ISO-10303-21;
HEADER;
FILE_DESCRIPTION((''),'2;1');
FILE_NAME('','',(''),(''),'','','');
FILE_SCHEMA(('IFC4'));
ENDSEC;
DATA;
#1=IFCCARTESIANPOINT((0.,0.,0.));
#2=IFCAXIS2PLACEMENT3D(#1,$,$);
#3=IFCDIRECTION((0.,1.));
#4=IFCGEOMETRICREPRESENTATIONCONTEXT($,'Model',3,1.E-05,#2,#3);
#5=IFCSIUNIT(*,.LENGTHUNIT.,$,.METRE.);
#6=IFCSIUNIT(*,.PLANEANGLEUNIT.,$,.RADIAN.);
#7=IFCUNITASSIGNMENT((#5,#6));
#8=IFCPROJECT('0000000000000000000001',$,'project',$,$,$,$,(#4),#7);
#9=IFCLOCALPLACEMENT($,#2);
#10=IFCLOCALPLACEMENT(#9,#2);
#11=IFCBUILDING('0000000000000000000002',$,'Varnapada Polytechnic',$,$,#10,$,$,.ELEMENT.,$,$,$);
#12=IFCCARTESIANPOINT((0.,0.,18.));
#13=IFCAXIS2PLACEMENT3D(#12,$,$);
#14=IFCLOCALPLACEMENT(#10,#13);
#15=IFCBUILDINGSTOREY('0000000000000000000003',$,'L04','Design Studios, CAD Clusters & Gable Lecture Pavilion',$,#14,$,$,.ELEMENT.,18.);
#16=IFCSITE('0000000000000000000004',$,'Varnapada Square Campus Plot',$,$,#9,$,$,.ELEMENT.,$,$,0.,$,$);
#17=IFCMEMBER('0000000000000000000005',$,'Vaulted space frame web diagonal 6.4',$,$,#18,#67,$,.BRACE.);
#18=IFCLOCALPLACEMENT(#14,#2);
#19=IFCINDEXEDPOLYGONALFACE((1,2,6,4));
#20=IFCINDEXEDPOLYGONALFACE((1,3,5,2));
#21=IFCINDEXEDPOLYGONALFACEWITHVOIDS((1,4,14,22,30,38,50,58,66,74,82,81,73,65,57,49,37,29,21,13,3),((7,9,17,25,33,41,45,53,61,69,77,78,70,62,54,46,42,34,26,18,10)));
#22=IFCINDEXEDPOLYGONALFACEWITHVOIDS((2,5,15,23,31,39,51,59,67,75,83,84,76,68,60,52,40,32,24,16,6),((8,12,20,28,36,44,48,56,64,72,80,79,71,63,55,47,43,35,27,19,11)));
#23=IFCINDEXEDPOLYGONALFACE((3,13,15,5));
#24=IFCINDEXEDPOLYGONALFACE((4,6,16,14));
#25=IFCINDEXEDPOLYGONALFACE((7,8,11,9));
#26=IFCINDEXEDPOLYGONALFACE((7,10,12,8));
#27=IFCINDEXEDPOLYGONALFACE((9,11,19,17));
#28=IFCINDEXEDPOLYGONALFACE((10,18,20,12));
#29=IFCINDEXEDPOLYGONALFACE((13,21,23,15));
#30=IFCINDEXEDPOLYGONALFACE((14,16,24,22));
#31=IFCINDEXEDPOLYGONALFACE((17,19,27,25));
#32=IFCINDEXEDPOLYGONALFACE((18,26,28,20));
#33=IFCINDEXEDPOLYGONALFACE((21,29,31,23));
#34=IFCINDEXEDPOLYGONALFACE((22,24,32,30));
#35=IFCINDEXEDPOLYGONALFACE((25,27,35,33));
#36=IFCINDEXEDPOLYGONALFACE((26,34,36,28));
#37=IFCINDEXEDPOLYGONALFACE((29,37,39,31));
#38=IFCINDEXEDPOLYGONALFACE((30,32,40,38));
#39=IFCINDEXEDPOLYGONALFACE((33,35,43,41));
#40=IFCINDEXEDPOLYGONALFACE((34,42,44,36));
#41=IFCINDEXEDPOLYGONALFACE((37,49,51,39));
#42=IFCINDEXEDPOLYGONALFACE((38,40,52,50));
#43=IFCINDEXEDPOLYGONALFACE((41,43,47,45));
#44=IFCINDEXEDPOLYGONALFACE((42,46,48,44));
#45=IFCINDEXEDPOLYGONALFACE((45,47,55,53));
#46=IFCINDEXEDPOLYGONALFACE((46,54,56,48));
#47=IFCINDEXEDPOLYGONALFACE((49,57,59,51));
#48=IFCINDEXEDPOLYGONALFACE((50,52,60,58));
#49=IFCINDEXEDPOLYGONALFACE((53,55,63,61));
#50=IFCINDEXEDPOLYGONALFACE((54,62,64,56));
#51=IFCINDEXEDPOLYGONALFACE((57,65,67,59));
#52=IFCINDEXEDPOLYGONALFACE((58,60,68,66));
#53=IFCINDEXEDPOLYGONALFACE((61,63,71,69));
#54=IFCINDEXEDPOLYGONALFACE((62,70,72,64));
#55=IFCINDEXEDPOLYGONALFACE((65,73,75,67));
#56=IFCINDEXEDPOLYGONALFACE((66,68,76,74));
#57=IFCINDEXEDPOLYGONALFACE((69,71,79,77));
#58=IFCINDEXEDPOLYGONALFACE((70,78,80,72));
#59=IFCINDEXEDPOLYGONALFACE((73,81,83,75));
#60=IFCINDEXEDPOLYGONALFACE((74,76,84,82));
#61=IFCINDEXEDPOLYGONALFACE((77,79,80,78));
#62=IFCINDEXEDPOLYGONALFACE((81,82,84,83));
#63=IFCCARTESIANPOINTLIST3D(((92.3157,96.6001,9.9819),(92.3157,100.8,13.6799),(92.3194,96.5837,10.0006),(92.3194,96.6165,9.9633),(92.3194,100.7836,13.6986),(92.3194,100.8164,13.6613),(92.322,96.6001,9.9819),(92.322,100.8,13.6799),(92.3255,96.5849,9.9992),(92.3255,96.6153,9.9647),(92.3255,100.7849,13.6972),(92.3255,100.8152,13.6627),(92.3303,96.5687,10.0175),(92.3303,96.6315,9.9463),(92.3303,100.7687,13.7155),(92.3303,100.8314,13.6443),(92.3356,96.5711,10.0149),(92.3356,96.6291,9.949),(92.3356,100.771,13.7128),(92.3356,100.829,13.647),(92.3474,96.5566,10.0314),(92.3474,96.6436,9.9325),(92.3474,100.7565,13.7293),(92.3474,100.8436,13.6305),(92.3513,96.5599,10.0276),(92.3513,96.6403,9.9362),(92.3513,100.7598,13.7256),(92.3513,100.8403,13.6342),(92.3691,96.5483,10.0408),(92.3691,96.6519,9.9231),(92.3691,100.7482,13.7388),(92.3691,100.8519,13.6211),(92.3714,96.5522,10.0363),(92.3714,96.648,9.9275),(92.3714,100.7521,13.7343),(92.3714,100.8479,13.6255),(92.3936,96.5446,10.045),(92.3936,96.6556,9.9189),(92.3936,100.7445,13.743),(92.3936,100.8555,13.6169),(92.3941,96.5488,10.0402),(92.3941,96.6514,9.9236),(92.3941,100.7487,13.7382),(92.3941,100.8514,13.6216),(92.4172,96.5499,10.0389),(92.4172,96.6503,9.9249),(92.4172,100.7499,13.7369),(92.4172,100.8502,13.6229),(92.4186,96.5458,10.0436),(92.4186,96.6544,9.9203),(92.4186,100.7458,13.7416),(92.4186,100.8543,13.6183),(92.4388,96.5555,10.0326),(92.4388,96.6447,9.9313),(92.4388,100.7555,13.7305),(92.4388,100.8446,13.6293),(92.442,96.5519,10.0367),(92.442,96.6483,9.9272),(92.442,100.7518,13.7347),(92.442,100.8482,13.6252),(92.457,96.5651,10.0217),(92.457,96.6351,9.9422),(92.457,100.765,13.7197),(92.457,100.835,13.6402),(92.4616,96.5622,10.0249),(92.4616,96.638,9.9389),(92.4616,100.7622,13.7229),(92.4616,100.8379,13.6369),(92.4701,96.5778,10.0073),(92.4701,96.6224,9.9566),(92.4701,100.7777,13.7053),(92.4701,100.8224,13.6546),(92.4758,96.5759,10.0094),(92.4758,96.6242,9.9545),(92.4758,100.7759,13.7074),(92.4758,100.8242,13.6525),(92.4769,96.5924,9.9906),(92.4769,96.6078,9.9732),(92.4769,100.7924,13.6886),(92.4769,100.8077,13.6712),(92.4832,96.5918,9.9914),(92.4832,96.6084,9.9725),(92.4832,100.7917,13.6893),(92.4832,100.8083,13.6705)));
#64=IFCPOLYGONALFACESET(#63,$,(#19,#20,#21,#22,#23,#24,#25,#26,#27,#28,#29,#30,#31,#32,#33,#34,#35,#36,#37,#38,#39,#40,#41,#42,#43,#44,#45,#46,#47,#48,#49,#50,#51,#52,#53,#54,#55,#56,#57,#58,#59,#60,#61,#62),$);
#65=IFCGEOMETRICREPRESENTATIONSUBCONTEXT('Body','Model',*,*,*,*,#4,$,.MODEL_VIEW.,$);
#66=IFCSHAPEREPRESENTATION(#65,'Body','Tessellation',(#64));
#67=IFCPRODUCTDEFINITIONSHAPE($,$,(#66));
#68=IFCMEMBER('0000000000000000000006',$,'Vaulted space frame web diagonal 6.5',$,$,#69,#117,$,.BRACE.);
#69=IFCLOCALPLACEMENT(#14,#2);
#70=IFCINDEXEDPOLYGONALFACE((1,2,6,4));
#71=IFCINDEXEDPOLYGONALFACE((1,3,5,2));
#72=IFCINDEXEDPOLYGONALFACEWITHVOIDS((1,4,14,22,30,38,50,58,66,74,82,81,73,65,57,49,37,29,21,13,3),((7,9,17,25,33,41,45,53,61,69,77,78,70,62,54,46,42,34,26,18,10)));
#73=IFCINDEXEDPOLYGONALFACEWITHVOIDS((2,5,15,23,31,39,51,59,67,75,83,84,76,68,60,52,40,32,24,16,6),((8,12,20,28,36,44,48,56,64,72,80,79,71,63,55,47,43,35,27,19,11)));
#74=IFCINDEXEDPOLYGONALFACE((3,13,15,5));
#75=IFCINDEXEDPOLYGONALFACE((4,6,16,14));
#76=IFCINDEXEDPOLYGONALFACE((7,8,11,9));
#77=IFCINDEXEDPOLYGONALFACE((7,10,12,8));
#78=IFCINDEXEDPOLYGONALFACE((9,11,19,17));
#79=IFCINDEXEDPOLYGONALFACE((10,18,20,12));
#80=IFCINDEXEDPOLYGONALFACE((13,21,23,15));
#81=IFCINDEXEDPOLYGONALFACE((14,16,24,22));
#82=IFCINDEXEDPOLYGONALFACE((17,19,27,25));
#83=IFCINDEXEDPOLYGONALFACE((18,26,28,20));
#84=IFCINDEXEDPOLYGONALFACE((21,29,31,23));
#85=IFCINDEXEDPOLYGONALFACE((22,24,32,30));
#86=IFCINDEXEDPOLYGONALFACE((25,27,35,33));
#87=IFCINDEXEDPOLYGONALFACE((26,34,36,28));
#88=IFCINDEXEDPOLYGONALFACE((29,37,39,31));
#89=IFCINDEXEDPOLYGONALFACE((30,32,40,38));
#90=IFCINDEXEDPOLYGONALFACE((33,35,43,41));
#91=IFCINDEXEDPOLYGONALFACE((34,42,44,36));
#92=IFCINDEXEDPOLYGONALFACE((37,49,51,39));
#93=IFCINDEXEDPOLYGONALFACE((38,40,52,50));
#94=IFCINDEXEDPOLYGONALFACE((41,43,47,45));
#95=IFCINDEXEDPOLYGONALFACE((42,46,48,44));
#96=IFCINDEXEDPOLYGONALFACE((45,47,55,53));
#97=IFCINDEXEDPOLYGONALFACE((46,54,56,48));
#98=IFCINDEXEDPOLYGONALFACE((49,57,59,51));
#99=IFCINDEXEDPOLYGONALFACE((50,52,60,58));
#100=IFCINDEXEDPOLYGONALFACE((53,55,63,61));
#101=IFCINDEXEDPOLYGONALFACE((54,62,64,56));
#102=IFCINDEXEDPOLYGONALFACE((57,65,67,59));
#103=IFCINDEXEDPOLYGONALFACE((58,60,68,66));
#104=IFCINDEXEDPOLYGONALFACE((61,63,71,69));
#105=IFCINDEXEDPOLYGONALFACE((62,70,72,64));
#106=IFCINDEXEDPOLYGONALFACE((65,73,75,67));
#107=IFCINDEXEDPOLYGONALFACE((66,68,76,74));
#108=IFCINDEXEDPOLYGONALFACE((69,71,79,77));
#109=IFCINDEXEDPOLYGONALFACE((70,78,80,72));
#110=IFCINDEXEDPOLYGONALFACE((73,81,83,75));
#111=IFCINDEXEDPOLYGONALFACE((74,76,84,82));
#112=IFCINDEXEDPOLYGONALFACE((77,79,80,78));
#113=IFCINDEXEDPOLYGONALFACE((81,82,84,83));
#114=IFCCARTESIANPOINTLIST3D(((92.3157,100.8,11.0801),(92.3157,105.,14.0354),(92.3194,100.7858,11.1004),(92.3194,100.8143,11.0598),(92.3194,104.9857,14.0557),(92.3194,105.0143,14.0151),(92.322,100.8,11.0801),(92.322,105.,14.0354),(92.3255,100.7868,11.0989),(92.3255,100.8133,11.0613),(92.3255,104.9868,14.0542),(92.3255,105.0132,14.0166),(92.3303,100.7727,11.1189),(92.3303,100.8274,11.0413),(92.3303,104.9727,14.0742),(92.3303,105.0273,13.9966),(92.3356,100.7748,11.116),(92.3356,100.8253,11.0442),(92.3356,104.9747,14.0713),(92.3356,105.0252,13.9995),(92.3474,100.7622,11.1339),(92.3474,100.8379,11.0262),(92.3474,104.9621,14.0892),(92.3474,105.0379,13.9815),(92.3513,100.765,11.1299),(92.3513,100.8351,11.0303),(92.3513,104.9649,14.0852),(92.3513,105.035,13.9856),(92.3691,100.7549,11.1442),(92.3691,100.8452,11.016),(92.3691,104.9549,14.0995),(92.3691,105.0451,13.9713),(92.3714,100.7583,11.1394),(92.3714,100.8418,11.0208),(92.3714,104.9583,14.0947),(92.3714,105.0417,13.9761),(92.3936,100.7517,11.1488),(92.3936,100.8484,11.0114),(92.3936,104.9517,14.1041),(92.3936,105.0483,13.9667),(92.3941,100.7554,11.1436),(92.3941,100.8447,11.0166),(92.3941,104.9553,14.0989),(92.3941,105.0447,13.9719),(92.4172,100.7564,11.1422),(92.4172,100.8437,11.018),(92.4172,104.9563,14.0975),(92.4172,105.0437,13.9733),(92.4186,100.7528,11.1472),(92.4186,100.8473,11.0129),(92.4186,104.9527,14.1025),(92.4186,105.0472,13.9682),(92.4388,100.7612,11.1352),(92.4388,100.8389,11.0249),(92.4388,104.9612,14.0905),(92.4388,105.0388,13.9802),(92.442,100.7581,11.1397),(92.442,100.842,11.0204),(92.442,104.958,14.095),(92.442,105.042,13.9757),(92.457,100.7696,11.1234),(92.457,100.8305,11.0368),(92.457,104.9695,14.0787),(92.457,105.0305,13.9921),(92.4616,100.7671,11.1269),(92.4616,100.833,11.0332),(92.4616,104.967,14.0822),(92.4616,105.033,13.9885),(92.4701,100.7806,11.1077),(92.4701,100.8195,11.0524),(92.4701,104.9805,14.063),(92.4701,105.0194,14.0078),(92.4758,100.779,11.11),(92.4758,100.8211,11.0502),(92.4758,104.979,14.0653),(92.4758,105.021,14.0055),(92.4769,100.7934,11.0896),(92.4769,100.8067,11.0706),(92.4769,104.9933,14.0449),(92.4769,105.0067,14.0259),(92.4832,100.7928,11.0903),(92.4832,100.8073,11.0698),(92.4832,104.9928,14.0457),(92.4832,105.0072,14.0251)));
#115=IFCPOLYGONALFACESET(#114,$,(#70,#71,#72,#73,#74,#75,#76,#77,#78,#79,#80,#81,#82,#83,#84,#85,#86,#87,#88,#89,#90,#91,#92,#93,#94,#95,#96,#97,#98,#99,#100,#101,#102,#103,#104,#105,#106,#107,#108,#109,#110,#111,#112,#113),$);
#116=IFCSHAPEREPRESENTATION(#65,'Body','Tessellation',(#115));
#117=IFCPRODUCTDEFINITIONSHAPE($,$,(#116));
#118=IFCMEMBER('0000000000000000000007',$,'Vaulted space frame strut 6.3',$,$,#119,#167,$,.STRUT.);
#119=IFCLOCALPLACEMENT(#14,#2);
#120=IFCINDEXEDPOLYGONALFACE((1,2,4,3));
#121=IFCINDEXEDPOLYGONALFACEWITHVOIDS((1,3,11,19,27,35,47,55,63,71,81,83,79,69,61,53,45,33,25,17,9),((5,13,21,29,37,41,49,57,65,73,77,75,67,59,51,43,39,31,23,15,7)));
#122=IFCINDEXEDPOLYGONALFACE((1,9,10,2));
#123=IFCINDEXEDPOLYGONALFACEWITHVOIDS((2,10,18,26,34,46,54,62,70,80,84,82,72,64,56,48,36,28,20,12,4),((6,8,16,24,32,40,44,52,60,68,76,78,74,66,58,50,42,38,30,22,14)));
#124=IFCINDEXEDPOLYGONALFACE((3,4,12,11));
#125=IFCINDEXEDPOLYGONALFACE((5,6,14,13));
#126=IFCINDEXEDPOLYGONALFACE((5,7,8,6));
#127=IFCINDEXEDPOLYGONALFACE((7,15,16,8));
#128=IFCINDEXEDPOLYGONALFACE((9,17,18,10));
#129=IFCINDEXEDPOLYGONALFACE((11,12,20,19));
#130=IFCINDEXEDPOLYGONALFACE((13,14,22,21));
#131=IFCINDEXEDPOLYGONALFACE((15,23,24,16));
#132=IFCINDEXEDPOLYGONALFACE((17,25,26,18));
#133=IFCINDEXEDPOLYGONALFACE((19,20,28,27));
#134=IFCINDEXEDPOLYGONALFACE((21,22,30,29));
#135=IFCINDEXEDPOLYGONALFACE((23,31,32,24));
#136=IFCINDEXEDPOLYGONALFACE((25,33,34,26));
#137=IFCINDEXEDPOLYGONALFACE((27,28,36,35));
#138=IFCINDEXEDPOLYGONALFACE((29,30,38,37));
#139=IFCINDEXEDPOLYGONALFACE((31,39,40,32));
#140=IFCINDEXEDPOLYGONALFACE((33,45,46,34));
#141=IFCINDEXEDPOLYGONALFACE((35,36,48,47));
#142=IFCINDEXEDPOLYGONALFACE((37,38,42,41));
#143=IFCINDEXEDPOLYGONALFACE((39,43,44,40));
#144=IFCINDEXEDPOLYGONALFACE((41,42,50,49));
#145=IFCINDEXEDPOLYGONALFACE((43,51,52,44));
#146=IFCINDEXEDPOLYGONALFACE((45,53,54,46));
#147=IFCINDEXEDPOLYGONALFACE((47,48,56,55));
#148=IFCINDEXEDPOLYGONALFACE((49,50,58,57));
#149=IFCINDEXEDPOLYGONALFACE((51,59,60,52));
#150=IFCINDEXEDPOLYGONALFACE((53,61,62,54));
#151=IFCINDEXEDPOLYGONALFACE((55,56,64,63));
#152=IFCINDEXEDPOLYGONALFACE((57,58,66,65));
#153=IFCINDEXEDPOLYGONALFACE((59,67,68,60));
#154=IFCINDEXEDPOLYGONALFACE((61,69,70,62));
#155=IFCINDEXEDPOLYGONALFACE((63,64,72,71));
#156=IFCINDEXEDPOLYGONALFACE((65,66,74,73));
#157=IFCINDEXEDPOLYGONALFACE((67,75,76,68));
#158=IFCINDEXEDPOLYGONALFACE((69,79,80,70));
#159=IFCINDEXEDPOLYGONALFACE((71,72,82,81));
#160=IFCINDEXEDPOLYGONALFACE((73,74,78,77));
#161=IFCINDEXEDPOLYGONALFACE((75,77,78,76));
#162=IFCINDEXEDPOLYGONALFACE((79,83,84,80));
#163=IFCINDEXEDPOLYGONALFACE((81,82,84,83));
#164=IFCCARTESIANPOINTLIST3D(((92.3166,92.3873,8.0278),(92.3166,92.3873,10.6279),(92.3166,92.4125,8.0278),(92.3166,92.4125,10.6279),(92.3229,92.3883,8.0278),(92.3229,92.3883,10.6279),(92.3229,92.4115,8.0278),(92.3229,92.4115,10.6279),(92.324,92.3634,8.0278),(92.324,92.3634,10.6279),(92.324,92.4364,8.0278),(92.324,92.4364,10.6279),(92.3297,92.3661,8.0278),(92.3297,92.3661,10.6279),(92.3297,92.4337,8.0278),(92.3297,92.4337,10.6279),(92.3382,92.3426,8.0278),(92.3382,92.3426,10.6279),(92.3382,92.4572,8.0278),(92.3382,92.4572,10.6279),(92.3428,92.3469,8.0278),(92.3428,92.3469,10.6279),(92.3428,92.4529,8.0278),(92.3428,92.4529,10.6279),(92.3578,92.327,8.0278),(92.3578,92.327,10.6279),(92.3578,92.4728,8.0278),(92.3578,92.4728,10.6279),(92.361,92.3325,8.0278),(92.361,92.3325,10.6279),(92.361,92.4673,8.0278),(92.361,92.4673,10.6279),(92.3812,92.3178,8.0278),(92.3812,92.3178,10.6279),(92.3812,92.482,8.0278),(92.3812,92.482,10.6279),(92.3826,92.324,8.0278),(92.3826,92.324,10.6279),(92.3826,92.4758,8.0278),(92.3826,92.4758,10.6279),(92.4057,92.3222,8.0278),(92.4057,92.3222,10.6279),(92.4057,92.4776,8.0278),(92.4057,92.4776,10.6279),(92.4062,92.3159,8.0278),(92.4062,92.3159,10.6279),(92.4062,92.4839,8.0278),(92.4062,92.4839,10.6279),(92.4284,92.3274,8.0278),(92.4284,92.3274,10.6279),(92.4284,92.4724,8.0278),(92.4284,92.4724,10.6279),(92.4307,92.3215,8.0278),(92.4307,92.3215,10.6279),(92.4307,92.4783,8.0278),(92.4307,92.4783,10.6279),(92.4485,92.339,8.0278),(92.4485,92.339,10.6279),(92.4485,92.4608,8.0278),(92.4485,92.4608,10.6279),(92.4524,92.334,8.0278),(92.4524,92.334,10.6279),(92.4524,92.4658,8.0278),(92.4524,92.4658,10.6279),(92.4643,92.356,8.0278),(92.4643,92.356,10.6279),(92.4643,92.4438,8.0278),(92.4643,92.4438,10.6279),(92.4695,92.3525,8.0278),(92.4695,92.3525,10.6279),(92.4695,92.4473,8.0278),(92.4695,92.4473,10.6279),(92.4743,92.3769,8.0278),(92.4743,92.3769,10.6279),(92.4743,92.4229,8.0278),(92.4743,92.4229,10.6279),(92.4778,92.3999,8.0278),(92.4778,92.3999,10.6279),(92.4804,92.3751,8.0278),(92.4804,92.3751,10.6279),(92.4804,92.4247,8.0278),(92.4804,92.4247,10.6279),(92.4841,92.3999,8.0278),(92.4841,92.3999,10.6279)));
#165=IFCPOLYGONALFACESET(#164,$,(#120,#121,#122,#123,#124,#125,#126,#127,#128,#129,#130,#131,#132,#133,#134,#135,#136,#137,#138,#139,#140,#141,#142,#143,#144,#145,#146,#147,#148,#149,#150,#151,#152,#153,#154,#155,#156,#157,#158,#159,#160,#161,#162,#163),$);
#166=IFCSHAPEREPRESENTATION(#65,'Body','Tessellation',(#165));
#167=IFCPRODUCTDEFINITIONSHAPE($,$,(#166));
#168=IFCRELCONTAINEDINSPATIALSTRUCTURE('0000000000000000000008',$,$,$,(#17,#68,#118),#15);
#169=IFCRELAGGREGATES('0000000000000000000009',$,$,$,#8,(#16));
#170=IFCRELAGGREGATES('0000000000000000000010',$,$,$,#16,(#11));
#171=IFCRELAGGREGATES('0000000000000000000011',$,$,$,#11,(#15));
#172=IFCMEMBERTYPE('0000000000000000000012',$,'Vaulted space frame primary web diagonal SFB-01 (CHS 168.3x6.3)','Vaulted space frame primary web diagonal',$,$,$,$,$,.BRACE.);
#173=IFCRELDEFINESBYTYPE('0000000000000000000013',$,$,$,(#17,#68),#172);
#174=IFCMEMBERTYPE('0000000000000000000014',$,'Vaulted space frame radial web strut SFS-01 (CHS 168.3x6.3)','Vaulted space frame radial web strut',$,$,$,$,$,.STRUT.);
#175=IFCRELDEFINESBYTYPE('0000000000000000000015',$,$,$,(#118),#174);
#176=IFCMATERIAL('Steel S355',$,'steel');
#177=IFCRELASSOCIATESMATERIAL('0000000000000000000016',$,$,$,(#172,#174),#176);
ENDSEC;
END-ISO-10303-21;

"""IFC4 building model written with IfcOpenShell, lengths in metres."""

from ifc_helpers import new_model, si_unit, direction, frame, origin, origin_2d, place, context, subcontext, project, spatial, hollow_circle, extrude, material, material_profile, profile_set, type_object, element, save


model = new_model("IFC4")

# Units and contexts
model_context = context("Model", 3, precision=1e-05, world=origin(), true_north=direction((0.0, 1.0)))
body_context = subcontext(model_context, "Body", "Model", "MODEL_VIEW")
ifc_project = project(units=[si_unit("LENGTHUNIT", "METRE"), si_unit("PLANEANGLEUNIT", "RADIAN")], contexts=[model_context])

# Site, building, storey
site_placement = place(None, origin())
site = spatial("IfcSite", under=ifc_project, at=site_placement, Name="Varnapada Square Campus Plot", CompositionType="ELEMENT", RefElevation=0.0)
building_placement = place(site_placement, origin())
building = spatial("IfcBuilding", under=site, at=building_placement, Name="Varnapada Polytechnic", CompositionType="ELEMENT")
storey_placement = place(building_placement, frame((0.0, 0.0, 18.0)))
storey = spatial("IfcBuildingStorey", under=building, at=storey_placement, Name="L04", Description="Design Studios, CAD Clusters & Gable Lecture Pavilion", CompositionType="ELEMENT", Elevation=18.0)

# Shared definitions
ifc_material = material(Name="Steel S355", Category="steel")

# Members
ifc_material_profile_1 = material_profile(ifc_material, hollow_circle(Radius=0.0842, WallThickness=0.0063, at=origin_2d()), Name="CHS 168.3x6.3")
ifc_profile_set_1 = profile_set([ifc_material_profile_1], Name="Steel S355")
member_type_1 = type_object("IfcMemberType", Name="Vaulted space frame primary web diagonal SFB-01 (CHS 168.3x6.3)", Description="Vaulted space frame primary web diagonal", PredefinedType="BRACE", material=ifc_profile_set_1)
member_1_placement = place(storey_placement, frame((92.3999, 96.6001, 9.9819), z_axis=(0.0, 0.750533, 0.660833), x_axis=(-1.0, 0.0, 0.0)))
element("IfcMember", 1, at=member_1_placement, inside=storey, type_object=member_type_1, Name="Vaulted space frame web diagonal 6.4", PredefinedType="BRACE", context=body_context, shape_type="SweptSolid", body=[
    extrude(hollow_circle(Radius=0.0842, WallThickness=0.0063, at=origin_2d()), origin(), (0.0, 0.0, 1.0), 5.5959),
])
member_2_placement = place(storey_placement, frame((92.3999, 100.8, 11.0801), z_axis=(0.0, 0.817825, 0.575467), x_axis=(-1.0, 0.0, 0.0)))
element("IfcMember", 2, at=member_2_placement, inside=storey, type_object=member_type_1, Name="Vaulted space frame web diagonal 6.5", PredefinedType="BRACE", context=body_context, shape_type="SweptSolid", body=[
    extrude(hollow_circle(Radius=0.0842, WallThickness=0.0063, at=origin_2d()), origin(), (0.0, 0.0, 1.0), 5.1355),
])
ifc_material_profile_2 = material_profile(ifc_material, hollow_circle(Radius=0.0842, WallThickness=0.0063, at=origin_2d()), Name="CHS 168.3x6.3")
ifc_profile_set_2 = profile_set([ifc_material_profile_2], Name="Steel S355")
member_type_2 = type_object("IfcMemberType", Name="Vaulted space frame radial web strut SFS-01 (CHS 168.3x6.3)", Description="Vaulted space frame radial web strut", PredefinedType="STRUT", material=ifc_profile_set_2)
member_3_placement = place(storey_placement, frame((92.3999, 92.3999, 8.0278), z_axis=(0.0, 0.0, 1.0), x_axis=(1.0, 0.0, 0.0)))
element("IfcMember", 3, at=member_3_placement, inside=storey, type_object=member_type_2, Name="Vaulted space frame strut 6.3", PredefinedType="STRUT", context=body_context, shape_type="SweptSolid", body=[
    extrude(hollow_circle(Radius=0.0842, WallThickness=0.0063, at=origin_2d()), origin(), (0.0, 0.0, 1.0), 2.6001),
])

save(model, "model.ifc")
